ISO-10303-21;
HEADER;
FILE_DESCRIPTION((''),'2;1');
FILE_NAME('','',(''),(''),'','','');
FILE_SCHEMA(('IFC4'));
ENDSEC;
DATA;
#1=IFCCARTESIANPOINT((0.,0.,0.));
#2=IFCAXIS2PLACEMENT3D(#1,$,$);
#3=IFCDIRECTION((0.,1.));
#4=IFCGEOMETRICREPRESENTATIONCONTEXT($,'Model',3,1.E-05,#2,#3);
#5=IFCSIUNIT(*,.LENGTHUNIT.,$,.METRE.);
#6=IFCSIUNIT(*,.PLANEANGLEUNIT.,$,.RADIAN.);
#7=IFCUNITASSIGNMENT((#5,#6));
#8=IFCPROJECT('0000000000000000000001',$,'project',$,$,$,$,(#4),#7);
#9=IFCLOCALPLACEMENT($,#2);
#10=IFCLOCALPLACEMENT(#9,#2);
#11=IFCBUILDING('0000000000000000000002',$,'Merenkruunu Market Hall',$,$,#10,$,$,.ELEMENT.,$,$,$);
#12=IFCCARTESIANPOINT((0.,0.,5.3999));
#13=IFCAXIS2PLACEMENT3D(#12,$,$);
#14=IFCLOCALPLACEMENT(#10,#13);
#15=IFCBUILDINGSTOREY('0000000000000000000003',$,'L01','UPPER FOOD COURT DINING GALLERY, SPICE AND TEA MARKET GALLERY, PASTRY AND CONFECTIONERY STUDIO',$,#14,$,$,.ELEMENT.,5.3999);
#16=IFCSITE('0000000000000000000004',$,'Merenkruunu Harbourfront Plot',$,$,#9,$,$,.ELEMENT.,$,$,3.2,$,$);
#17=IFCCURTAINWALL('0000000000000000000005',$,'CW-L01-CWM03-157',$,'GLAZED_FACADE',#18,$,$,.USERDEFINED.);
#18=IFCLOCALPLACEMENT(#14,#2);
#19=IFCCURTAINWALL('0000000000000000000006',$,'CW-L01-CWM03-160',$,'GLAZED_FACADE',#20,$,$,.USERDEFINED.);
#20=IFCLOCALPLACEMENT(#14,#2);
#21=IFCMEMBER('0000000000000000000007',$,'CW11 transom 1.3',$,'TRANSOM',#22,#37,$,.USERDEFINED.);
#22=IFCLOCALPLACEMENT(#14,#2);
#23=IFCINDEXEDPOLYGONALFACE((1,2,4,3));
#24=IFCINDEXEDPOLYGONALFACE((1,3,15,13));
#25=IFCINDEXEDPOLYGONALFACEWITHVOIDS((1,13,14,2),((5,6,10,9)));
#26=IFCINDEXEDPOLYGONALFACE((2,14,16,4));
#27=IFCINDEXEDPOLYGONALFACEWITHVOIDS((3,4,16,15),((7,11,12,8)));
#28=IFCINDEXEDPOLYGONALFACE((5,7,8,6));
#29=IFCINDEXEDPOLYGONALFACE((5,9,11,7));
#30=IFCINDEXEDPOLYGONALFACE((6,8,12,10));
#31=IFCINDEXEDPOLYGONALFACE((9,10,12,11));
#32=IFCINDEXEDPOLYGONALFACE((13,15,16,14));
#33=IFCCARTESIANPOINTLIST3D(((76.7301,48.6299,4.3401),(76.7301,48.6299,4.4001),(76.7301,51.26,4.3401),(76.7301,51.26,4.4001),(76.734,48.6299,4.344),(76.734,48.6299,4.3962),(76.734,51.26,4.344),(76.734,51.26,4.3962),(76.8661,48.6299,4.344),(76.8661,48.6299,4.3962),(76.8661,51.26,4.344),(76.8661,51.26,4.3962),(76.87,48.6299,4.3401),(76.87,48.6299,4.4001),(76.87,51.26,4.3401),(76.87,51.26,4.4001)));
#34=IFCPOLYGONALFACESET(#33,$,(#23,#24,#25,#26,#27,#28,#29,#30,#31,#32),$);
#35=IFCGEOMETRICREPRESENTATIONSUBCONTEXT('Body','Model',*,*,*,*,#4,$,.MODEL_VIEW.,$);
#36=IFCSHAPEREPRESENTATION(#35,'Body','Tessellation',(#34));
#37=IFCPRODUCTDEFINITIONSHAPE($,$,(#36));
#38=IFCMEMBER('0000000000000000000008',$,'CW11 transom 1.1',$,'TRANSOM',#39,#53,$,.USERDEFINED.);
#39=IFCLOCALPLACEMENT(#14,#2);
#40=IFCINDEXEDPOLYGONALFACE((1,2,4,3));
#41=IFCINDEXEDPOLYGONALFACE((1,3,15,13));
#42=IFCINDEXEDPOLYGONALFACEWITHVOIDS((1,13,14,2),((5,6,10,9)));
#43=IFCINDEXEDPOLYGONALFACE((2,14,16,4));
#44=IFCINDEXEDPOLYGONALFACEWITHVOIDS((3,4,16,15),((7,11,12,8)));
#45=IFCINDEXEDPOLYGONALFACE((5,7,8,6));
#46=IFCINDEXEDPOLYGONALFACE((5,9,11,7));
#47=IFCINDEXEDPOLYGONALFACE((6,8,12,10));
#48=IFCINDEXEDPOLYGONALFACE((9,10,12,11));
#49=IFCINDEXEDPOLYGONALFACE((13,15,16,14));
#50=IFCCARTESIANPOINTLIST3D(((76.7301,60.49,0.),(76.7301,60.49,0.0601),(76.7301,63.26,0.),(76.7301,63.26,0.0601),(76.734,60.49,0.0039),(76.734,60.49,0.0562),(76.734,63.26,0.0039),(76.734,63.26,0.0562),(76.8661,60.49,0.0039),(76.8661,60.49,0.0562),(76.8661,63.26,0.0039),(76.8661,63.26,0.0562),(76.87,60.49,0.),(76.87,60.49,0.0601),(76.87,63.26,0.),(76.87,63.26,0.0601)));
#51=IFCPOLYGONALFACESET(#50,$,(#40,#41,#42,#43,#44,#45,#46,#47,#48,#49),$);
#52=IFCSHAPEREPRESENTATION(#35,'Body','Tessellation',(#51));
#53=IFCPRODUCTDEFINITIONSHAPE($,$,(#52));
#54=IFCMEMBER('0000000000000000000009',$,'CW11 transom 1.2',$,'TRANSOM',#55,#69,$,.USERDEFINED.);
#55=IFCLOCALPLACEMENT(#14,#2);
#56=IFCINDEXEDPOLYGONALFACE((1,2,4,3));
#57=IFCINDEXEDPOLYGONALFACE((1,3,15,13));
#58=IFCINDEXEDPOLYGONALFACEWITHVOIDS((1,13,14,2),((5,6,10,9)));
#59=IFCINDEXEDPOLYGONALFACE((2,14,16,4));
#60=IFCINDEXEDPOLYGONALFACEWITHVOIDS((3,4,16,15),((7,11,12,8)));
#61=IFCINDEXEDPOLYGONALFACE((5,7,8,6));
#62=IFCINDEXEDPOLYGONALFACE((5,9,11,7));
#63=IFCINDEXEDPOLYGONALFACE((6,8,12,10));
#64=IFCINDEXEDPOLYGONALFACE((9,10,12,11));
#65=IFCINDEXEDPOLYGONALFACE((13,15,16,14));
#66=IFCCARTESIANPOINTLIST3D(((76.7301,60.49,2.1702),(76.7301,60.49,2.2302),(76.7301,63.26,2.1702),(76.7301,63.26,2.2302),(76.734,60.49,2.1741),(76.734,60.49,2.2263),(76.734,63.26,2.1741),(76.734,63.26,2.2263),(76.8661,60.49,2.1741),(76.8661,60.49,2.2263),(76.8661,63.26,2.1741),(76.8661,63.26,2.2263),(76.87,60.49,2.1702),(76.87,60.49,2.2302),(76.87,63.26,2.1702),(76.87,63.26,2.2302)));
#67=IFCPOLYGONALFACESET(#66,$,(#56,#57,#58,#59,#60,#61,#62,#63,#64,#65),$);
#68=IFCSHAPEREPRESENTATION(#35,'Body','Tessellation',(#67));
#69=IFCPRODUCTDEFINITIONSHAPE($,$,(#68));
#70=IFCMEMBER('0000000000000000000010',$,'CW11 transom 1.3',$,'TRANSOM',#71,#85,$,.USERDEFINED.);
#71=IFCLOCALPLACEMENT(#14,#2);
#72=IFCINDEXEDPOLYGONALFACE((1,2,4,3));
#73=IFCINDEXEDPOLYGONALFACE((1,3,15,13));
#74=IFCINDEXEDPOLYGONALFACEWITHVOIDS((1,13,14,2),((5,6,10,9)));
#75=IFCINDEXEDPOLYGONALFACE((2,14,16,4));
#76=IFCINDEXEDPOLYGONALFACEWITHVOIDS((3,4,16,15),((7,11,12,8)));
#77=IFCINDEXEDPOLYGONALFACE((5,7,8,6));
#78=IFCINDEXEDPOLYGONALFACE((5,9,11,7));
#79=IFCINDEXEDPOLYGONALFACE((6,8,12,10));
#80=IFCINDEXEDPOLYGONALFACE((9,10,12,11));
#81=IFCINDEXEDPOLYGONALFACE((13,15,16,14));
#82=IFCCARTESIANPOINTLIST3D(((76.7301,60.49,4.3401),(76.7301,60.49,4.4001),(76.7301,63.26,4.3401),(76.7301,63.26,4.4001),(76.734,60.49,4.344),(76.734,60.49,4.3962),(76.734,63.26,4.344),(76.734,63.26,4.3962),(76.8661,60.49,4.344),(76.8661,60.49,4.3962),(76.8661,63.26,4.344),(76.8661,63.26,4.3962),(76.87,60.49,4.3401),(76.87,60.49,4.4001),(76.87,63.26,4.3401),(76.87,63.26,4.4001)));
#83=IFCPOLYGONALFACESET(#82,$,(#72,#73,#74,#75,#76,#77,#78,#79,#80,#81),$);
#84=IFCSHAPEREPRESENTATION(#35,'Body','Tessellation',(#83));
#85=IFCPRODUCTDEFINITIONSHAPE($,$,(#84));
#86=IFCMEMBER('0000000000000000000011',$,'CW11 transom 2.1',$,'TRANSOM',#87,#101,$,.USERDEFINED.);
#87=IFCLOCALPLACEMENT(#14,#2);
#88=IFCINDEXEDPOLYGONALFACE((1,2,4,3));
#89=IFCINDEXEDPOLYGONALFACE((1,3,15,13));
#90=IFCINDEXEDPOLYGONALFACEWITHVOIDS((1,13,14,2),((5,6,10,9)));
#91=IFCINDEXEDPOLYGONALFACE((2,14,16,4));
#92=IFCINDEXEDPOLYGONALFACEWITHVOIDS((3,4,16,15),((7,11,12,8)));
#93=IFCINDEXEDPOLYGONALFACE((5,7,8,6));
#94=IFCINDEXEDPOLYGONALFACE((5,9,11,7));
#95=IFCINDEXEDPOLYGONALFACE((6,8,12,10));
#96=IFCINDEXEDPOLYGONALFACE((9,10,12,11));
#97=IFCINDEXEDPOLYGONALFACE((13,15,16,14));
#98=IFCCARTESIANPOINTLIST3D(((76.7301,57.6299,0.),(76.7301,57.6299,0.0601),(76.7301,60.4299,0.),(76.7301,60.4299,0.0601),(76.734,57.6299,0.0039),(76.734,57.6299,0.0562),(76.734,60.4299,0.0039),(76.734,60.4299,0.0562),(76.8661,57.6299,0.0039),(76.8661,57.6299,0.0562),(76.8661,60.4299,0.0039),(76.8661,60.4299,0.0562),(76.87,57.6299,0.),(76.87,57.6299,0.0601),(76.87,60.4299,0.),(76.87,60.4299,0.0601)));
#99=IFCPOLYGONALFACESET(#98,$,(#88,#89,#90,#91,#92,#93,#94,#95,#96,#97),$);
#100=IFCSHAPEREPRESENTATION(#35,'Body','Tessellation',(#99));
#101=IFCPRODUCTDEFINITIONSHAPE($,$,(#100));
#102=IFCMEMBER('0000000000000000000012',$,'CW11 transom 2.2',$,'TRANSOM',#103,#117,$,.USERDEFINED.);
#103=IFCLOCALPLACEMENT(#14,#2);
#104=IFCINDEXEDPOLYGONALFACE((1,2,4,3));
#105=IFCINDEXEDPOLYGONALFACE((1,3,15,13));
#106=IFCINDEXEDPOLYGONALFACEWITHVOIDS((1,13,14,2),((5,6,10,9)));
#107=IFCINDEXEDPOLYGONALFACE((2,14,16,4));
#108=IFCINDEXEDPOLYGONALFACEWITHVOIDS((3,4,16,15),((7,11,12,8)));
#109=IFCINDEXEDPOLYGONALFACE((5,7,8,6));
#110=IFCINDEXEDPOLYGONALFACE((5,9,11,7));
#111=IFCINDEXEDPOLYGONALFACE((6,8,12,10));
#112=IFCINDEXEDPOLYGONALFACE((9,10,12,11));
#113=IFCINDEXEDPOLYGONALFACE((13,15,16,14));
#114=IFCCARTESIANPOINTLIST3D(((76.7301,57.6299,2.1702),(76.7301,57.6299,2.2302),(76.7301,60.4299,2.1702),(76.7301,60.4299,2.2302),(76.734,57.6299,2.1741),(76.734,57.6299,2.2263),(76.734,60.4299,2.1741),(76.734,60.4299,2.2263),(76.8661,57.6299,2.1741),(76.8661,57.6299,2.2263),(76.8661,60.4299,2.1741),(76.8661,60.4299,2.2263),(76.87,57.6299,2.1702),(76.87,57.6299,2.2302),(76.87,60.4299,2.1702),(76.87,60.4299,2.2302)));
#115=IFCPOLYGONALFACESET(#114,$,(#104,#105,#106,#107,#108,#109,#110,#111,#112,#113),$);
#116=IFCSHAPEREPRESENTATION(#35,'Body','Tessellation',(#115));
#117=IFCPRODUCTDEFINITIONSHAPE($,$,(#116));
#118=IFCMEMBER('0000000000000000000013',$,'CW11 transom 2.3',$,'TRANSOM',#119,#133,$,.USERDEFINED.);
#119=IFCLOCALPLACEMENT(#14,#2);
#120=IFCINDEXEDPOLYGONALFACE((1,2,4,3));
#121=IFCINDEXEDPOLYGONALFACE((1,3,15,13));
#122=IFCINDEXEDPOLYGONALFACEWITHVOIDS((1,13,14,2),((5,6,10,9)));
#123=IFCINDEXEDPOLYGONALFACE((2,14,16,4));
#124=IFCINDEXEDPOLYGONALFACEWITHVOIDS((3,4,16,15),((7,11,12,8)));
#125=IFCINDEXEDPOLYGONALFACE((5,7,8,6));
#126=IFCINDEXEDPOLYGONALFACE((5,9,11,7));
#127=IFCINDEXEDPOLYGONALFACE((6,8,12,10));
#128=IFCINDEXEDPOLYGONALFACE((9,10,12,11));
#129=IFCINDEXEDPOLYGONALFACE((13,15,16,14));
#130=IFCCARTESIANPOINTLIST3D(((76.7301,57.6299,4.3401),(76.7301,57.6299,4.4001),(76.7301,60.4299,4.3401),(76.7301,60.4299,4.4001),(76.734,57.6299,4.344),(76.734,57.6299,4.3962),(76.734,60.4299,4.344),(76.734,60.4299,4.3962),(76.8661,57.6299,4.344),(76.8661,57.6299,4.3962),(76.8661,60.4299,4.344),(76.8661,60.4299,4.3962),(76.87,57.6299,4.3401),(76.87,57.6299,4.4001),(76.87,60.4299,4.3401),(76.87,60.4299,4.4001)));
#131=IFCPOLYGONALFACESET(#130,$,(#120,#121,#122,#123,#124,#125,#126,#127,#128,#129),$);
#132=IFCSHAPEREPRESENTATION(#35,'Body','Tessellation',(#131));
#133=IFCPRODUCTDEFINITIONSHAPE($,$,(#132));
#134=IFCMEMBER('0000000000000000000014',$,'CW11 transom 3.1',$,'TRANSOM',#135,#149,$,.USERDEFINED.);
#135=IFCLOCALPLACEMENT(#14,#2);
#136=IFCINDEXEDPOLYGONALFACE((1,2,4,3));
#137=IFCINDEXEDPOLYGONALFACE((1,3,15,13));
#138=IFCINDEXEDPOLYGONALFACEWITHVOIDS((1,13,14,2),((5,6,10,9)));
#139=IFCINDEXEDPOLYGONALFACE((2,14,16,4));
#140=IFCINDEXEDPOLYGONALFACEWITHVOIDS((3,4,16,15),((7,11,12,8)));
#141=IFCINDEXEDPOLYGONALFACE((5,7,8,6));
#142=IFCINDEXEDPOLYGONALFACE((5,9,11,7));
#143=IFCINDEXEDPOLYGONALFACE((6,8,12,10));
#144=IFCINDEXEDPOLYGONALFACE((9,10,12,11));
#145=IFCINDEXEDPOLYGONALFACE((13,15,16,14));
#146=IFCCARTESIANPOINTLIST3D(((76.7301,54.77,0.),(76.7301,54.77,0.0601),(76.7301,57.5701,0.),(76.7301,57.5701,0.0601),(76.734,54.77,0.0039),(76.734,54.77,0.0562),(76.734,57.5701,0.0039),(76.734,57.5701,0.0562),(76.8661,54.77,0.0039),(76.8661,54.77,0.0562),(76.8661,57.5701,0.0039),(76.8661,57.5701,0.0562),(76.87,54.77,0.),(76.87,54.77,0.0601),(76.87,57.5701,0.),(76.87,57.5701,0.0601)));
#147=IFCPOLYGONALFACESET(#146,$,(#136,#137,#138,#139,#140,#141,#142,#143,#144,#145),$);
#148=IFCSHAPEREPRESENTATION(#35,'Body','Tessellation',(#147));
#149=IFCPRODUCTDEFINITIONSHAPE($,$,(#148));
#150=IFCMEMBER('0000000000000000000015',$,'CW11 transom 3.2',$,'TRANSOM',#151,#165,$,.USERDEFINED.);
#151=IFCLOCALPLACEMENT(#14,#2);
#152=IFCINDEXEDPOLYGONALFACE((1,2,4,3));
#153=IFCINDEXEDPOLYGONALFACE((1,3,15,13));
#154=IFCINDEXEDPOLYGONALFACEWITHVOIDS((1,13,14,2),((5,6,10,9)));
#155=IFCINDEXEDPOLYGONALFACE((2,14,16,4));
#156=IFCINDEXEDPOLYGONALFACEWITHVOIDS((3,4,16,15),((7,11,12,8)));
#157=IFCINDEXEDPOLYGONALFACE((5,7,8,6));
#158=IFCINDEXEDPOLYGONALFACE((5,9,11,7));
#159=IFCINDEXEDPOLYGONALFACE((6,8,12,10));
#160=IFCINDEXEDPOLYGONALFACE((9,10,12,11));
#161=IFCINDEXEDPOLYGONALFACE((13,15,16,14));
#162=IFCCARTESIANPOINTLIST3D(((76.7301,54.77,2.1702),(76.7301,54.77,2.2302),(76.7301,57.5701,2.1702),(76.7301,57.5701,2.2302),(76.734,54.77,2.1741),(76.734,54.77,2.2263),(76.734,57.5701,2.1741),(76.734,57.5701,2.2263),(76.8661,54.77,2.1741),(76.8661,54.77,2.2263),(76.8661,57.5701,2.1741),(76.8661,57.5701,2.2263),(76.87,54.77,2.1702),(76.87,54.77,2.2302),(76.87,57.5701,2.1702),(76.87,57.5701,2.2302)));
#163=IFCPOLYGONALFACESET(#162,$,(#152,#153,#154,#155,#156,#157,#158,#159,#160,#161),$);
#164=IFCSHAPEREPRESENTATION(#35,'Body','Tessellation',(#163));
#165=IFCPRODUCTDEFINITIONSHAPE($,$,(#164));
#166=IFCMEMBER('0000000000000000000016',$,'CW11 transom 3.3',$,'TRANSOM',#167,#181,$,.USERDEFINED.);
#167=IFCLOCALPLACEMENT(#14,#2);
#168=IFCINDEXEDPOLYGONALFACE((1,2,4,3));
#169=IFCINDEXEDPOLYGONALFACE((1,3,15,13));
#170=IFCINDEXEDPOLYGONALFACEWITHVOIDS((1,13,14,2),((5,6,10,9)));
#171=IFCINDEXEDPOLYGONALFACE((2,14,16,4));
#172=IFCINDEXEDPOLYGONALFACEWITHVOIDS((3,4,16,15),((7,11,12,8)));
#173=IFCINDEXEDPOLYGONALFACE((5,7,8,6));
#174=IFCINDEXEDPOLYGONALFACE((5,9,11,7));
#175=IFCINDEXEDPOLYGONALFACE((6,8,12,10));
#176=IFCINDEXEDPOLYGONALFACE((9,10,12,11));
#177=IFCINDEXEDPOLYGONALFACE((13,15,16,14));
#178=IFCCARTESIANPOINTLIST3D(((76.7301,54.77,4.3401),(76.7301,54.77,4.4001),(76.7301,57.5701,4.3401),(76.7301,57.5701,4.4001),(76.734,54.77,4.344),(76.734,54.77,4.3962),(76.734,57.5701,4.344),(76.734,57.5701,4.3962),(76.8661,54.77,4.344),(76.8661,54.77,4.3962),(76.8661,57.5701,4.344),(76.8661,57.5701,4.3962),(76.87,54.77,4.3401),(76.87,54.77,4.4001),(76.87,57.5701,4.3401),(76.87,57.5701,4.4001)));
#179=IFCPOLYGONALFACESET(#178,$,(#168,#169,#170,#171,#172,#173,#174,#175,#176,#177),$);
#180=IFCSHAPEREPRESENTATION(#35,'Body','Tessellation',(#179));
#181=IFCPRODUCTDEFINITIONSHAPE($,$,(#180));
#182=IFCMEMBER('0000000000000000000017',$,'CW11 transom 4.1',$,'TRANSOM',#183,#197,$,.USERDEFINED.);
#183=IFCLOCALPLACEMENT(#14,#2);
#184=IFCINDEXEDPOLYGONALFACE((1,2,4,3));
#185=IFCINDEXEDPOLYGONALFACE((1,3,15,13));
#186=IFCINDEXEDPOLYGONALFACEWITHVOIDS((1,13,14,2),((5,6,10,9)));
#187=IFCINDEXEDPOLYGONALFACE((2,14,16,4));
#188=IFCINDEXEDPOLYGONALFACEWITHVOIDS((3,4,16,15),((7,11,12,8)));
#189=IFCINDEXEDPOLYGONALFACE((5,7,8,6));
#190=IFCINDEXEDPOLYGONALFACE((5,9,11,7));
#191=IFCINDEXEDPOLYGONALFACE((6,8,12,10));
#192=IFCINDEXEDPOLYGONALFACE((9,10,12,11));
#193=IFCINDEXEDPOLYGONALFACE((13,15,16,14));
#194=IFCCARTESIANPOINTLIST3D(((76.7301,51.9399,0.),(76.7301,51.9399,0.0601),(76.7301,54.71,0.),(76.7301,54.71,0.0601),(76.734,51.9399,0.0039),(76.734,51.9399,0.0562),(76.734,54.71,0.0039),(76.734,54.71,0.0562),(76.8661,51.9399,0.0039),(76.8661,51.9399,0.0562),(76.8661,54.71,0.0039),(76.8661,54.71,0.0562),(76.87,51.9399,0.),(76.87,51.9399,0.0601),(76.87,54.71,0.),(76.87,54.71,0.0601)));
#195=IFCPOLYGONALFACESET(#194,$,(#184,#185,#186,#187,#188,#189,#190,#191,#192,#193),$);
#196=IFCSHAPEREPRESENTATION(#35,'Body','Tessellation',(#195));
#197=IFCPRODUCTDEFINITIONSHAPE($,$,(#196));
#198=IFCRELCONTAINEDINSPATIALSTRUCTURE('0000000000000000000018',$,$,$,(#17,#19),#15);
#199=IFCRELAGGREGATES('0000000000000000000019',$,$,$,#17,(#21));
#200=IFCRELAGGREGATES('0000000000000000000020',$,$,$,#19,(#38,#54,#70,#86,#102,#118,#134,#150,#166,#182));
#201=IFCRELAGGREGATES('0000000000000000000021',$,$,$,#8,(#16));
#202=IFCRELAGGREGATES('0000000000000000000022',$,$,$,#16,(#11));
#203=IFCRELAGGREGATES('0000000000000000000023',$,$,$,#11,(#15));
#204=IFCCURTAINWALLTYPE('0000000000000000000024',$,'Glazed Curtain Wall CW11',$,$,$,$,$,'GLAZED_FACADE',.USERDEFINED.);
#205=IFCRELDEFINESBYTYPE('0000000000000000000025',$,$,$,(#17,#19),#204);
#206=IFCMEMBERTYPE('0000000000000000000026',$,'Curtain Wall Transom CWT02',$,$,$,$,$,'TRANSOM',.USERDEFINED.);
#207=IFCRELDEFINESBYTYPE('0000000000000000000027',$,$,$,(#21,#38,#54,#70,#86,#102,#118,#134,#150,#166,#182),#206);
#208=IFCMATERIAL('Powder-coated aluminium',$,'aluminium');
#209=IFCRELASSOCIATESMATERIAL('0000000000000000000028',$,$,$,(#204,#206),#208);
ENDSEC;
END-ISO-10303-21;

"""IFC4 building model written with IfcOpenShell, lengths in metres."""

from ifc_helpers import new_model, si_unit, direction, frame, origin, origin_2d, place, context, subcontext, project, spatial, hollow_rectangle, extrude, material, material_profile, profile_set, type_object, element, aggregate, save


model = new_model("IFC4")

# Units and contexts
model_context = context("Model", 3, precision=1e-05, world=origin(), true_north=direction((0.0, 1.0)))
body_context = subcontext(model_context, "Body", "Model", "MODEL_VIEW")
ifc_project = project(units=[si_unit("LENGTHUNIT", "METRE"), si_unit("PLANEANGLEUNIT", "RADIAN")], contexts=[model_context])

# Site, building, storey
site_placement = place(None, origin())
site = spatial("IfcSite", under=ifc_project, at=site_placement, Name="Merenkruunu Harbourfront Plot", CompositionType="ELEMENT", RefElevation=3.2)
building_placement = place(site_placement, origin())
building = spatial("IfcBuilding", under=site, at=building_placement, Name="Merenkruunu Market Hall", CompositionType="ELEMENT")
storey_placement = place(building_placement, frame((0.0, 0.0, 5.3999)))
storey = spatial("IfcBuildingStorey", under=building, at=storey_placement, Name="L01", Description="UPPER FOOD COURT DINING GALLERY, SPICE AND TEA MARKET GALLERY, PASTRY AND CONFECTIONERY STUDIO", CompositionType="ELEMENT", Elevation=5.3999)

# Curtain wall
ifc_material_1 = material(Name="Powder-coated aluminium", Category="aluminium")
curtain_wall_type = type_object("IfcCurtainWallType", Name="Glazed Curtain Wall CW11", ElementType="GLAZED_FACADE", PredefinedType="USERDEFINED", material=ifc_material_1)
curtain_wall_1_placement = place(storey_placement, origin())
curtain_wall_1 = element("IfcCurtainWall", 1, at=curtain_wall_1_placement, inside=storey, type_object=curtain_wall_type, Name="CW-L01-CWM03-157", ObjectType="GLAZED_FACADE", PredefinedType="USERDEFINED")

# Curtain wall
curtain_wall_2_placement = place(storey_placement, origin())
curtain_wall_2 = element("IfcCurtainWall", 2, at=curtain_wall_2_placement, inside=storey, type_object=curtain_wall_type, Name="CW-L01-CWM03-160", ObjectType="GLAZED_FACADE", PredefinedType="USERDEFINED")

# Members
ifc_material_profile_1 = material_profile(ifc_material_1, hollow_rectangle(XDim=0.0601, YDim=0.1399, WallThickness=0.0039, at=origin_2d()), Name="ALU 60x140x4")
ifc_profile_set_1 = profile_set([ifc_material_profile_1], Name="Powder-coated aluminium")
member_type_1 = type_object("IfcMemberType", Name="Curtain Wall Transom CWT02", ElementType="TRANSOM", PredefinedType="USERDEFINED", material=ifc_profile_set_1)
member_1_placement = place(storey_placement, frame((76.8, 51.26, 4.3701), z_axis=(0.0, -1.0, 0.0), x_axis=(0.0, 0.0, 1.0)))
member_1 = element("IfcMember", 3, at=member_1_placement, type_object=member_type_1, Name="CW11 transom 1.3", ObjectType="TRANSOM", PredefinedType="USERDEFINED", context=body_context, shape_type="SweptSolid", body=[
    extrude(hollow_rectangle(XDim=0.0601, YDim=0.1399, WallThickness=0.0039, at=origin_2d()), origin(), (0.0, 0.0, 1.0), 2.6301),
])
member_2_placement = place(storey_placement, frame((76.8, 63.26, 0.03), z_axis=(0.0, -1.0, 0.0), x_axis=(0.0, 0.0, 1.0)))
member_2 = element("IfcMember", 4, at=member_2_placement, type_object=member_type_1, Name="CW11 transom 1.1", ObjectType="TRANSOM", PredefinedType="USERDEFINED", context=body_context, shape_type="SweptSolid", body=[
    extrude(hollow_rectangle(XDim=0.0601, YDim=0.1399, WallThickness=0.0039, at=origin_2d()), origin(), (0.0, 0.0, 1.0), 2.77),
])
member_3_placement = place(storey_placement, frame((76.8, 63.26, 2.2002), z_axis=(0.0, -1.0, 0.0), x_axis=(0.0, 0.0, 1.0)))
member_3 = element("IfcMember", 5, at=member_3_placement, type_object=member_type_1, Name="CW11 transom 1.2", ObjectType="TRANSOM", PredefinedType="USERDEFINED", context=body_context, shape_type="SweptSolid", body=[
    extrude(hollow_rectangle(XDim=0.0601, YDim=0.1399, WallThickness=0.0039, at=origin_2d()), origin(), (0.0, 0.0, 1.0), 2.77),
])
member_4_placement = place(storey_placement, frame((76.8, 63.26, 4.3701), z_axis=(0.0, -1.0, 0.0), x_axis=(0.0, 0.0, 1.0)))
member_4 = element("IfcMember", 6, at=member_4_placement, type_object=member_type_1, Name="CW11 transom 1.3", ObjectType="TRANSOM", PredefinedType="USERDEFINED", context=body_context, shape_type="SweptSolid", body=[
    extrude(hollow_rectangle(XDim=0.0601, YDim=0.1399, WallThickness=0.0039, at=origin_2d()), origin(), (0.0, 0.0, 1.0), 2.77),
])
member_5_placement = place(storey_placement, frame((76.8, 60.4299, 0.03), z_axis=(0.0, -1.0, 0.0), x_axis=(0.0, 0.0, 1.0)))
member_5 = element("IfcMember", 7, at=member_5_placement, type_object=member_type_1, Name="CW11 transom 2.1", ObjectType="TRANSOM", PredefinedType="USERDEFINED", context=body_context, shape_type="SweptSolid", body=[
    extrude(hollow_rectangle(XDim=0.0601, YDim=0.1399, WallThickness=0.0039, at=origin_2d()), origin(), (0.0, 0.0, 1.0), 2.8),
])
member_6_placement = place(storey_placement, frame((76.8, 60.4299, 2.2002), z_axis=(0.0, -1.0, 0.0), x_axis=(0.0, 0.0, 1.0)))
member_6 = element("IfcMember", 8, at=member_6_placement, type_object=member_type_1, Name="CW11 transom 2.2", ObjectType="TRANSOM", PredefinedType="USERDEFINED", context=body_context, shape_type="SweptSolid", body=[
    extrude(hollow_rectangle(XDim=0.0601, YDim=0.1399, WallThickness=0.0039, at=origin_2d()), origin(), (0.0, 0.0, 1.0), 2.8),
])
member_7_placement = place(storey_placement, frame((76.8, 60.4299, 4.3701), z_axis=(0.0, -1.0, 0.0), x_axis=(0.0, 0.0, 1.0)))
member_7 = element("IfcMember", 9, at=member_7_placement, type_object=member_type_1, Name="CW11 transom 2.3", ObjectType="TRANSOM", PredefinedType="USERDEFINED", context=body_context, shape_type="SweptSolid", body=[
    extrude(hollow_rectangle(XDim=0.0601, YDim=0.1399, WallThickness=0.0039, at=origin_2d()), origin(), (0.0, 0.0, 1.0), 2.8),
])
member_8_placement = place(storey_placement, frame((76.8, 57.5701, 0.03), z_axis=(0.0, -1.0, 0.0), x_axis=(0.0, 0.0, 1.0)))
member_8 = element("IfcMember", 10, at=member_8_placement, type_object=member_type_1, Name="CW11 transom 3.1", ObjectType="TRANSOM", PredefinedType="USERDEFINED", context=body_context, shape_type="SweptSolid", body=[
    extrude(hollow_rectangle(XDim=0.0601, YDim=0.1399, WallThickness=0.0039, at=origin_2d()), origin(), (0.0, 0.0, 1.0), 2.8),
])
member_9_placement = place(storey_placement, frame((76.8, 57.5701, 2.2002), z_axis=(0.0, -1.0, 0.0), x_axis=(0.0, 0.0, 1.0)))
member_9 = element("IfcMember", 11, at=member_9_placement, type_object=member_type_1, Name="CW11 transom 3.2", ObjectType="TRANSOM", PredefinedType="USERDEFINED", context=body_context, shape_type="SweptSolid", body=[
    extrude(hollow_rectangle(XDim=0.0601, YDim=0.1399, WallThickness=0.0039, at=origin_2d()), origin(), (0.0, 0.0, 1.0), 2.8),
])
member_10_placement = place(storey_placement, frame((76.8, 57.5701, 4.3701), z_axis=(0.0, -1.0, 0.0), x_axis=(0.0, 0.0, 1.0)))
member_10 = element("IfcMember", 12, at=member_10_placement, type_object=member_type_1, Name="CW11 transom 3.3", ObjectType="TRANSOM", PredefinedType="USERDEFINED", context=body_context, shape_type="SweptSolid", body=[
    extrude(hollow_rectangle(XDim=0.0601, YDim=0.1399, WallThickness=0.0039, at=origin_2d()), origin(), (0.0, 0.0, 1.0), 2.8),
])
member_11_placement = place(storey_placement, frame((76.8, 54.71, 0.03), z_axis=(0.0, -1.0, 0.0), x_axis=(0.0, 0.0, 1.0)))
member_11 = element("IfcMember", 13, at=member_11_placement, type_object=member_type_1, Name="CW11 transom 4.1", ObjectType="TRANSOM", PredefinedType="USERDEFINED", context=body_context, shape_type="SweptSolid", body=[
    extrude(hollow_rectangle(XDim=0.0601, YDim=0.1399, WallThickness=0.0039, at=origin_2d()), origin(), (0.0, 0.0, 1.0), 2.77),
])

aggregate(curtain_wall_1, [member_1])
aggregate(curtain_wall_2, [member_2, member_3, member_4, member_5, member_6, member_7, member_8, member_9, member_10, member_11])

save(model, "model.ifc")
